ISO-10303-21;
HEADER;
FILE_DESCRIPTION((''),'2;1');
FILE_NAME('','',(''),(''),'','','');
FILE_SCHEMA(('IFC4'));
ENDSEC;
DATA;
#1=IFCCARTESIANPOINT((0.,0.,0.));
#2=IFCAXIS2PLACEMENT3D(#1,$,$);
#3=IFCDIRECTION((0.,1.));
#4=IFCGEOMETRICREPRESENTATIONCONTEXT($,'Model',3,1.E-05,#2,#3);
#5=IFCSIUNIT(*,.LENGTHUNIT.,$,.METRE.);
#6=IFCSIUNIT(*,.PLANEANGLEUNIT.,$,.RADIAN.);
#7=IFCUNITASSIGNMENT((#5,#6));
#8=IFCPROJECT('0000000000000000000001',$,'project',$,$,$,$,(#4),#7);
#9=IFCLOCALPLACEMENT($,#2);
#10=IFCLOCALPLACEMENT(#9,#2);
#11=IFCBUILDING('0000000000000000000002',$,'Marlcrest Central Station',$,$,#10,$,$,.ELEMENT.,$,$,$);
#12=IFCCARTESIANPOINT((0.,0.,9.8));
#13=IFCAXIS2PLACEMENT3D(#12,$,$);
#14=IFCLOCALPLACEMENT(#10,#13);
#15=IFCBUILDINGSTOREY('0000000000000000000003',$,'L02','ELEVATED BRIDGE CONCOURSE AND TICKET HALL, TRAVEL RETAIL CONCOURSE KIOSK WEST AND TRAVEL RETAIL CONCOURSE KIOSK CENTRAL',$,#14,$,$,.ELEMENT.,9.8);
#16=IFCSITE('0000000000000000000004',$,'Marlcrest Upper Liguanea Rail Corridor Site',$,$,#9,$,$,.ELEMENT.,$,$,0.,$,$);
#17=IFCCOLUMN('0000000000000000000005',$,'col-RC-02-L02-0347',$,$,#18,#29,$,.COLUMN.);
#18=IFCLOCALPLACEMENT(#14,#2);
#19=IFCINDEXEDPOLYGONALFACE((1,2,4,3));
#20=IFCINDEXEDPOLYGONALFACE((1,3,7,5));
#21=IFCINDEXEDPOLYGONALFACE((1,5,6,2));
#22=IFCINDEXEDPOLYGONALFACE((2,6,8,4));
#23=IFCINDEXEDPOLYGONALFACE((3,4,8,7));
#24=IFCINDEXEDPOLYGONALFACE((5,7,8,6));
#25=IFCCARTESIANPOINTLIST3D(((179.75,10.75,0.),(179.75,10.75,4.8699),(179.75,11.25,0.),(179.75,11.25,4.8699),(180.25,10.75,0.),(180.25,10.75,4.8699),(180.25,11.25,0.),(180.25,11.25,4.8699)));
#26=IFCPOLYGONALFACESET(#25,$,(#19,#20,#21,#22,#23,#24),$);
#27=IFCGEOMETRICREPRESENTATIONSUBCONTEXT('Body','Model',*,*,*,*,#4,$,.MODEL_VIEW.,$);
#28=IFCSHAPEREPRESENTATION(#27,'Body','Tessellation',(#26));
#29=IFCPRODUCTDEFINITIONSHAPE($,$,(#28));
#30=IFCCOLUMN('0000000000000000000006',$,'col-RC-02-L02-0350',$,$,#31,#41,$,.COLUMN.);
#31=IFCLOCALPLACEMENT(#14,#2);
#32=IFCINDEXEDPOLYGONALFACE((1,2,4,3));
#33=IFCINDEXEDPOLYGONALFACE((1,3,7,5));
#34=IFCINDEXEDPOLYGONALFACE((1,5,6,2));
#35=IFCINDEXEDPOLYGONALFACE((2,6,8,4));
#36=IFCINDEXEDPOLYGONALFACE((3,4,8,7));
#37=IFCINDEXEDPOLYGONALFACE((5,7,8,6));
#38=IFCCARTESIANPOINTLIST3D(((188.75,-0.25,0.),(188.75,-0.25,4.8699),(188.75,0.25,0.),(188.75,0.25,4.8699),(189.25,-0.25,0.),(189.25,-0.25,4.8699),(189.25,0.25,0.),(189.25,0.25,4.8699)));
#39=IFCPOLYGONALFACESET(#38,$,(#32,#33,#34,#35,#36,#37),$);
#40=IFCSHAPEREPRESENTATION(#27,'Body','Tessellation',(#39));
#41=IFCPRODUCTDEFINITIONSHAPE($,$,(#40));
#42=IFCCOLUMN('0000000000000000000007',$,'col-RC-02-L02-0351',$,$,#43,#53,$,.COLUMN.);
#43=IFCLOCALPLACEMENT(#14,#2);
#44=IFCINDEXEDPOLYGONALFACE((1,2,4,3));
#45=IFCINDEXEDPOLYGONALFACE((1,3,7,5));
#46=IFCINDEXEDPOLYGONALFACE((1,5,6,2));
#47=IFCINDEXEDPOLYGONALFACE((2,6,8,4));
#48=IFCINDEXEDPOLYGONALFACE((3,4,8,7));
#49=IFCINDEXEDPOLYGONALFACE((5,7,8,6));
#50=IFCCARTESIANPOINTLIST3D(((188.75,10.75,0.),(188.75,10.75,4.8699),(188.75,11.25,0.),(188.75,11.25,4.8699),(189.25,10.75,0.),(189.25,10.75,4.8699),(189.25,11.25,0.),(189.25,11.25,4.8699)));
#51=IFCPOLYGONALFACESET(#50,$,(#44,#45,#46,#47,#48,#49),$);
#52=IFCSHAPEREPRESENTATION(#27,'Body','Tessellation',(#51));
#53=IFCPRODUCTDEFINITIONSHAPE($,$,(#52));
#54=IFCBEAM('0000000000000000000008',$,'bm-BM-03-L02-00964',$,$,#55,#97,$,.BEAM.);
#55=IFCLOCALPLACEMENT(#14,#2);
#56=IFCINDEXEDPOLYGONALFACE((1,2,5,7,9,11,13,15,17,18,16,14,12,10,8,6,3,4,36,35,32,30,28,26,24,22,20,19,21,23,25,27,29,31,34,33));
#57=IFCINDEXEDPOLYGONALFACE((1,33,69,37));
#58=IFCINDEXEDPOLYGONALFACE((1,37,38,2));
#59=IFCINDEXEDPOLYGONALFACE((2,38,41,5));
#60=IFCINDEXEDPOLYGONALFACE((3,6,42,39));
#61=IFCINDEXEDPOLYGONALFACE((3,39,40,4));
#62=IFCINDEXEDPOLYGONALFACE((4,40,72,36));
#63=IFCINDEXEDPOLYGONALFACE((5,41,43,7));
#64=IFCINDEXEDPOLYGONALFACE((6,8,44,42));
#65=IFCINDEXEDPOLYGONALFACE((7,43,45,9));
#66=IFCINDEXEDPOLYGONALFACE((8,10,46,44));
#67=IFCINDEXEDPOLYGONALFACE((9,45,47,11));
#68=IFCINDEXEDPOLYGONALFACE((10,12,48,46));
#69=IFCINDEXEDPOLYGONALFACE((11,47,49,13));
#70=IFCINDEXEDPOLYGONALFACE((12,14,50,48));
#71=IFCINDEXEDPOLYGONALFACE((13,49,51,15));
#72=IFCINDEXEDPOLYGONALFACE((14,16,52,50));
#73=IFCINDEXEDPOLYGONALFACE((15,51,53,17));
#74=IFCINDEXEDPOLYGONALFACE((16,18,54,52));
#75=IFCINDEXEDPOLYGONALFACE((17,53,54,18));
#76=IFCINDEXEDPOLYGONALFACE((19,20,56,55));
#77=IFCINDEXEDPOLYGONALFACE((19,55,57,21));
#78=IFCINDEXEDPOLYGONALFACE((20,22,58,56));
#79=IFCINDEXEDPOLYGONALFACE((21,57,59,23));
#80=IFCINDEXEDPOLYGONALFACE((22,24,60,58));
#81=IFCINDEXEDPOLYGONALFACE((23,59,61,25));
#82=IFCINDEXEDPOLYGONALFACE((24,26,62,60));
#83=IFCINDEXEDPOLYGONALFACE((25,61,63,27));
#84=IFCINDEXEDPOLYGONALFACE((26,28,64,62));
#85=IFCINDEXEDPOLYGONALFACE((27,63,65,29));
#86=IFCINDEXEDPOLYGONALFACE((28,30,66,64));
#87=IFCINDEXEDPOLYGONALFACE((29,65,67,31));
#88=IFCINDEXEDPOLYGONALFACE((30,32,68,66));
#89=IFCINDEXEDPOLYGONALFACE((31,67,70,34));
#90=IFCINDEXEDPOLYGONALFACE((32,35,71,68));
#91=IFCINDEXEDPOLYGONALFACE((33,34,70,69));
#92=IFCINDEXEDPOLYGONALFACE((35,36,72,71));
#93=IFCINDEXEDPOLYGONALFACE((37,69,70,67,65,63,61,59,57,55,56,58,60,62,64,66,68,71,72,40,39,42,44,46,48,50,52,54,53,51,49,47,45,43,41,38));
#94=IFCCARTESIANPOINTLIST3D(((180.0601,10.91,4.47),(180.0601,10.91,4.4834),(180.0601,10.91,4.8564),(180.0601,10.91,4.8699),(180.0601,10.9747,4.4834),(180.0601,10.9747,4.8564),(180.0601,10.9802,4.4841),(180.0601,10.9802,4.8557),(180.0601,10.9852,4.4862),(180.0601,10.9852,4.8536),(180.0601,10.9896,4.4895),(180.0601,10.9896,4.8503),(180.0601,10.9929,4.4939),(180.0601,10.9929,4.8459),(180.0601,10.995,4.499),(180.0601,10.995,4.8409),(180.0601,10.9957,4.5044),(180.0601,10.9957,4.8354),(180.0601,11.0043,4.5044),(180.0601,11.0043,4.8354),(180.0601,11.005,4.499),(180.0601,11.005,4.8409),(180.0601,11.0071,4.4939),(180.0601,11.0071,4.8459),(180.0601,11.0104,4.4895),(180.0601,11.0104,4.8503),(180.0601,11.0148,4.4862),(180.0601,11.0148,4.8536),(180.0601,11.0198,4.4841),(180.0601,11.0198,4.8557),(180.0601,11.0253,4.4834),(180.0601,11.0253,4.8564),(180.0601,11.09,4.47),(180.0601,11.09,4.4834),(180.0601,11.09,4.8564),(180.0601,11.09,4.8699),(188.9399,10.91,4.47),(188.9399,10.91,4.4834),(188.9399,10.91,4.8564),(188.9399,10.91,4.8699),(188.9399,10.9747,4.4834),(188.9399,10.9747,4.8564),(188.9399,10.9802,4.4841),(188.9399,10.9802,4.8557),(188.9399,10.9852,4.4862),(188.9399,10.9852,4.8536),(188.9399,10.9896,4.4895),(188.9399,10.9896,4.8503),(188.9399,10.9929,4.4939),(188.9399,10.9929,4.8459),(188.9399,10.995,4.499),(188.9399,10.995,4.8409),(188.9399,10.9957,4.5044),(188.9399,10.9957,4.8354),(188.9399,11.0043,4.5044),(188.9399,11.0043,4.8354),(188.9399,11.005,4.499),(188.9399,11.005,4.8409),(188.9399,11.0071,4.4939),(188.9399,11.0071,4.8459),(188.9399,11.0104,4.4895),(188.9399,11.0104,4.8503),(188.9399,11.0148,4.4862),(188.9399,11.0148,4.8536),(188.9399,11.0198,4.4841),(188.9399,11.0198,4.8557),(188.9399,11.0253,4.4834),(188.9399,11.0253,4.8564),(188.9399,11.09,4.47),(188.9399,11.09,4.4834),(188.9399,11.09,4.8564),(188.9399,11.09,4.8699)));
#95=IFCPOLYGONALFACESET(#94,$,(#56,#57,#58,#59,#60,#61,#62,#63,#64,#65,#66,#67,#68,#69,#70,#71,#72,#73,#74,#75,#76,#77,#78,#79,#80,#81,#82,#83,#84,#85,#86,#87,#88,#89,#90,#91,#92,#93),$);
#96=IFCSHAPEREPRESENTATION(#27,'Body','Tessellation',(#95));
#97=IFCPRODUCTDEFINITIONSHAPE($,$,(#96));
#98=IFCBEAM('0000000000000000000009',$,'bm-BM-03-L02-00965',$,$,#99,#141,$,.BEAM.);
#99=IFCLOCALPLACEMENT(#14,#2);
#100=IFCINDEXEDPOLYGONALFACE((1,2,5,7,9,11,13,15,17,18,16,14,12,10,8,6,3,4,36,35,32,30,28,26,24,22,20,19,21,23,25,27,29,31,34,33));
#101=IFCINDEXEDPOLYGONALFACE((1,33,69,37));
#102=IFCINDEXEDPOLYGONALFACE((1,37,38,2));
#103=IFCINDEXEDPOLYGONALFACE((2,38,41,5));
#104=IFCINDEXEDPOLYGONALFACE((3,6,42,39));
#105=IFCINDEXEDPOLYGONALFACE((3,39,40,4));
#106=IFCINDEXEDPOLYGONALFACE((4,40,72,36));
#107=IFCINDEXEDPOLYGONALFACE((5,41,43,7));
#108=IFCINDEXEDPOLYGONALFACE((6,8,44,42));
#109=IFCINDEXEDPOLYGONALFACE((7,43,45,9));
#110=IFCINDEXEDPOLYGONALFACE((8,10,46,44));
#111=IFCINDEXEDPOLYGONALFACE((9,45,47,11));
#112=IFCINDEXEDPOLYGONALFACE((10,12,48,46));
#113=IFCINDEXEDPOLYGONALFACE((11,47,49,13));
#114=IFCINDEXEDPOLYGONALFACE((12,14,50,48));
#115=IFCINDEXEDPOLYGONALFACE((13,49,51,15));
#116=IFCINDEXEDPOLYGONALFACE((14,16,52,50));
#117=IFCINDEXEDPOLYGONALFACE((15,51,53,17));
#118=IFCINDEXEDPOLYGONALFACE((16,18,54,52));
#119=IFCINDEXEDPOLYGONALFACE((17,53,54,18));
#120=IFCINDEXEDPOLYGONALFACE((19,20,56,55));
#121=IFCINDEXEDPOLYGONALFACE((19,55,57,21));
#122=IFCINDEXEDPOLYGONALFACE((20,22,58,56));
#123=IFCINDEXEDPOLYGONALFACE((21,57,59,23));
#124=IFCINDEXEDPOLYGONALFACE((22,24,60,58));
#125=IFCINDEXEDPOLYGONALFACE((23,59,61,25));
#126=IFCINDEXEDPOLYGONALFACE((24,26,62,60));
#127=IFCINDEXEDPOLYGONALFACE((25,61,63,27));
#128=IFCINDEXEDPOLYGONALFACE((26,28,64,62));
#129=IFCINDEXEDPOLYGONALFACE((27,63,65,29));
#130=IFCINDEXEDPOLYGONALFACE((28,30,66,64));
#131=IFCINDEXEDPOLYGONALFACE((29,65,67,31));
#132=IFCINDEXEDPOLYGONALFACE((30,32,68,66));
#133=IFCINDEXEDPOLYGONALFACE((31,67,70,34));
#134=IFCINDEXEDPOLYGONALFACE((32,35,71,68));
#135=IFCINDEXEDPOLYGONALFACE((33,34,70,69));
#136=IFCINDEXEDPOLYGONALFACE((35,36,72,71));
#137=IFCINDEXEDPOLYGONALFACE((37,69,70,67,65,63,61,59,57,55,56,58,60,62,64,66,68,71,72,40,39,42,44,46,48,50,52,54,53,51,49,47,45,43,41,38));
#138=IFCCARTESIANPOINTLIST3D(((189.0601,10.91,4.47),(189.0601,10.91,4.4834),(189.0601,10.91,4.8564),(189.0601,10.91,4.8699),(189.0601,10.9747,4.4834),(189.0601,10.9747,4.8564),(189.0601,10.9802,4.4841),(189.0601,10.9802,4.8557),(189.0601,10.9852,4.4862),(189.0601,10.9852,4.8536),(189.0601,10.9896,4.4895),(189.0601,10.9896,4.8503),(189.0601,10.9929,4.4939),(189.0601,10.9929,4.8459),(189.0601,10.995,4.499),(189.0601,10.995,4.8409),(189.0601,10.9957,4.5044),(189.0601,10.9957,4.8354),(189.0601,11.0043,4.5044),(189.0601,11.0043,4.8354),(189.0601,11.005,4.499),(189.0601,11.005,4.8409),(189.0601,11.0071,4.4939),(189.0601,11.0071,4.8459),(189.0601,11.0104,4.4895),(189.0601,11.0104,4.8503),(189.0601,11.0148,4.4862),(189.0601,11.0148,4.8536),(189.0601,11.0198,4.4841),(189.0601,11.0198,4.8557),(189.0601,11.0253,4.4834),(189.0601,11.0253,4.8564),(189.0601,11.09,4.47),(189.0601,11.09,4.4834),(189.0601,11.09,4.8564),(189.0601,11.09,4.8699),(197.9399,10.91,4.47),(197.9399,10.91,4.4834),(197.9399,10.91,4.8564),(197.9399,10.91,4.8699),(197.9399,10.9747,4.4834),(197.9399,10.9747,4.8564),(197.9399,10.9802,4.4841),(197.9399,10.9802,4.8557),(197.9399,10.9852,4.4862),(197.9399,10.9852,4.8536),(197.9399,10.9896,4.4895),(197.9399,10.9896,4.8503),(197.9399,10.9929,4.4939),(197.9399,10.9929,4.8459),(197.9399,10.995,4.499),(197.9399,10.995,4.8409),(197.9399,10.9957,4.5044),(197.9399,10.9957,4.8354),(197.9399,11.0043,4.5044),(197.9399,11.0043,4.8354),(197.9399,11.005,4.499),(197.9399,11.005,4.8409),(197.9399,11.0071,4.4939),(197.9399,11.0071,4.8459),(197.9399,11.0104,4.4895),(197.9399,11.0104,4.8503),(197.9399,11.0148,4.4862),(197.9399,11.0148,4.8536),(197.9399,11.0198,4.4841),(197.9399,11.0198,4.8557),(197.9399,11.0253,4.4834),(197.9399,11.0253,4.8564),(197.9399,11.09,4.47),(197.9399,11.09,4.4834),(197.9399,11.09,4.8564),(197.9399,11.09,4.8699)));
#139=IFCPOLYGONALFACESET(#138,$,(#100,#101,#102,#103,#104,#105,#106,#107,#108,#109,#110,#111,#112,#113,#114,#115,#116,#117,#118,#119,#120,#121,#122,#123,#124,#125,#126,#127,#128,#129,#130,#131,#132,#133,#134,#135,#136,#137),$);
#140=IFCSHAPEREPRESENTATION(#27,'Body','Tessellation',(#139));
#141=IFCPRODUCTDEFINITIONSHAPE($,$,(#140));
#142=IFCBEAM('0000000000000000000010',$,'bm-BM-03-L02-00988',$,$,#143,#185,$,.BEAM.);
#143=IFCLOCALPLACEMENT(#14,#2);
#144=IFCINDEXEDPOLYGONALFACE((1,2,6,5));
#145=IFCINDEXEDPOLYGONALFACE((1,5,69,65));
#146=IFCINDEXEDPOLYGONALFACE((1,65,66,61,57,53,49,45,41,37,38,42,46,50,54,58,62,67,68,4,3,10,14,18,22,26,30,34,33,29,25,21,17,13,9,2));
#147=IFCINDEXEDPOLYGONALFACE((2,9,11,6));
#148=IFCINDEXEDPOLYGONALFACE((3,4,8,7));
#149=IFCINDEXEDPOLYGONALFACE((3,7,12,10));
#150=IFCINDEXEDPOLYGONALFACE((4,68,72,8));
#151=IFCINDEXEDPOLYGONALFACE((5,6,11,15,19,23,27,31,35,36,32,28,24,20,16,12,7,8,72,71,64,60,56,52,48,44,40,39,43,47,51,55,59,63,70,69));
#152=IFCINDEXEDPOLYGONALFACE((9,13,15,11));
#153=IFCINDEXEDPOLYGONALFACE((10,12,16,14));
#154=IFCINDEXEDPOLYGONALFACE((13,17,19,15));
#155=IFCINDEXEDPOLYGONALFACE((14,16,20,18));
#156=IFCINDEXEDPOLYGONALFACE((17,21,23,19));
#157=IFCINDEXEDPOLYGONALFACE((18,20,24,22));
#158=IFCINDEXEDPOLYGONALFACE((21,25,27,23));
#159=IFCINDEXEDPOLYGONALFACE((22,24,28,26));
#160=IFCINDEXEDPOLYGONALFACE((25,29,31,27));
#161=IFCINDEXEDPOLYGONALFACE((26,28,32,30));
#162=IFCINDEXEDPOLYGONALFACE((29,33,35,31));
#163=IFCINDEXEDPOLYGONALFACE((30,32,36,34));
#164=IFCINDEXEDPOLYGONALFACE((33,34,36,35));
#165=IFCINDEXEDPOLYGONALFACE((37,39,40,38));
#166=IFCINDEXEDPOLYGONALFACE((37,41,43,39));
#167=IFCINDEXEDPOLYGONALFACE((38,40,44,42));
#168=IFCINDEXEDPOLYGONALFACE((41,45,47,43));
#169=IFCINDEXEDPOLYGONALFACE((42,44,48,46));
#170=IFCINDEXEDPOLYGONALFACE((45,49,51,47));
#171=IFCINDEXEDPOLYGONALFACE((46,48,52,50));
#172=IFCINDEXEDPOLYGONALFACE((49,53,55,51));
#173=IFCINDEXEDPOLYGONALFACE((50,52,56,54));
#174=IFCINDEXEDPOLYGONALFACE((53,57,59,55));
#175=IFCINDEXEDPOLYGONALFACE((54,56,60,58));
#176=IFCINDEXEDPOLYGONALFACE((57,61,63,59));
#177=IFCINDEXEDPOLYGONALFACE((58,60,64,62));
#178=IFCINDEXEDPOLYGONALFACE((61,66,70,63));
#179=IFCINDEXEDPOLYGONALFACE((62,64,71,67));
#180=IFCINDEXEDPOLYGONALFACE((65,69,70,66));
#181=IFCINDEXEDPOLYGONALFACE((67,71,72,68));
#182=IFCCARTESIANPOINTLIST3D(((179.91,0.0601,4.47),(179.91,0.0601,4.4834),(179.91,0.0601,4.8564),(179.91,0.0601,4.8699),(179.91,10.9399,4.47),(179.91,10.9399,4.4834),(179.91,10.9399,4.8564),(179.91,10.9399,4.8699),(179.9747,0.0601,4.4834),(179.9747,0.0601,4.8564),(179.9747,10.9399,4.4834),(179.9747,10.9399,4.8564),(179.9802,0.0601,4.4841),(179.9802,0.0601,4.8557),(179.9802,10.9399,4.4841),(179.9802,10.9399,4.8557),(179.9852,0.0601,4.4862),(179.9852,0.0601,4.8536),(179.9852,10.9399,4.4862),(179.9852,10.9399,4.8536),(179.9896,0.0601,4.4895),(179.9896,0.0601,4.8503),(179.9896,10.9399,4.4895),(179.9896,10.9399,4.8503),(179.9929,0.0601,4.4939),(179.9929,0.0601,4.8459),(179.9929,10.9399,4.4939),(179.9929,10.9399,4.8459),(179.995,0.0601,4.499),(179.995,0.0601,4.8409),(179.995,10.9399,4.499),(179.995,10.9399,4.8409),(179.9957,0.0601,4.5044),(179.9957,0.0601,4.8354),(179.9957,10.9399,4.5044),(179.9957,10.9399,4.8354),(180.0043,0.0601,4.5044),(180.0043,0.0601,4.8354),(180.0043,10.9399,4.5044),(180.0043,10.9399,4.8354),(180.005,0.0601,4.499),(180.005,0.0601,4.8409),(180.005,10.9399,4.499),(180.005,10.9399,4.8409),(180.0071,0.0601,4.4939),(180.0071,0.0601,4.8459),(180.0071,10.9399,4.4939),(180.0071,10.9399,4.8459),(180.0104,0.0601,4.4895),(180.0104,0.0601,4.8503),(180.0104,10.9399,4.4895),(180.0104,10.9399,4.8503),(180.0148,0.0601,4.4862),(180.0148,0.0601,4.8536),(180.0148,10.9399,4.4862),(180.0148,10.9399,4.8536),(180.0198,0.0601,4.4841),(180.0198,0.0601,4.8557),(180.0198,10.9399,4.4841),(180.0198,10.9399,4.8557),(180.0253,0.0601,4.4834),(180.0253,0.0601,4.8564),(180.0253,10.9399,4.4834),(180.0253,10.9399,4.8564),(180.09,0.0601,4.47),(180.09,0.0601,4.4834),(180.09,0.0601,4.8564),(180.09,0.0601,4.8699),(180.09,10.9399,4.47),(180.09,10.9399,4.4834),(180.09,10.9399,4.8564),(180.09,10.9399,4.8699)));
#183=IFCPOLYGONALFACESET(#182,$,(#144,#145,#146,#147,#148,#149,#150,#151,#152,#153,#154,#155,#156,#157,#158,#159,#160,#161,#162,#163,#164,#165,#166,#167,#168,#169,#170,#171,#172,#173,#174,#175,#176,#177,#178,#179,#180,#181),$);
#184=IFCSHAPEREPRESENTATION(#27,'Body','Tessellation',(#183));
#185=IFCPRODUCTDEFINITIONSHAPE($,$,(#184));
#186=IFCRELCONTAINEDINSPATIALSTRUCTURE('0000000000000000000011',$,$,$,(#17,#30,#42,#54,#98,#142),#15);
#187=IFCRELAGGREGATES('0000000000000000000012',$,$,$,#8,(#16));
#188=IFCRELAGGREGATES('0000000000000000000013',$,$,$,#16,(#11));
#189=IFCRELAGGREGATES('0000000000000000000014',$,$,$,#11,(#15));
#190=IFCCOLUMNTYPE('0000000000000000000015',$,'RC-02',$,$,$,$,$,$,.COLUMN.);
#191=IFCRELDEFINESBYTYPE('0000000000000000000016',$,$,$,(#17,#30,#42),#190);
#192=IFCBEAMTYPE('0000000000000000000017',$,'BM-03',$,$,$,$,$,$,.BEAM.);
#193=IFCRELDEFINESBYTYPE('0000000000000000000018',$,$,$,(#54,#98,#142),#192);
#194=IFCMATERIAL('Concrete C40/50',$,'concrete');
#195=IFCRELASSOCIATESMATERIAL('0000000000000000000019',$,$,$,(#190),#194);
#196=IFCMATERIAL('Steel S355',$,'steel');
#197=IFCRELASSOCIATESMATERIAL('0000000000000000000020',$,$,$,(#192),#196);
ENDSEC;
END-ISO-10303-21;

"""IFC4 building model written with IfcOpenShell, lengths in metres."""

from ifc_helpers import new_model, si_unit, direction, frame, origin, origin_2d, place, context, subcontext, project, spatial, rectangle, i_section, extrude, material, material_profile, profile_set, type_object, element, save


model = new_model("IFC4")

# Units and contexts
model_context = context("Model", 3, precision=1e-05, world=origin(), true_north=direction((0.0, 1.0)))
body_context = subcontext(model_context, "Body", "Model", "MODEL_VIEW")
ifc_project = project(units=[si_unit("LENGTHUNIT", "METRE"), si_unit("PLANEANGLEUNIT", "RADIAN")], contexts=[model_context])

# Site, building, storey
site_placement = place(None, origin())
site = spatial("IfcSite", under=ifc_project, at=site_placement, Name="Marlcrest Upper Liguanea Rail Corridor Site", CompositionType="ELEMENT", RefElevation=0.0)
building_placement = place(site_placement, origin())
building = spatial("IfcBuilding", under=site, at=building_placement, Name="Marlcrest Central Station", CompositionType="ELEMENT")
storey_placement = place(building_placement, frame((0.0, 0.0, 9.8)))
storey = spatial("IfcBuildingStorey", under=building, at=storey_placement, Name="L02", Description="ELEVATED BRIDGE CONCOURSE AND TICKET HALL, TRAVEL RETAIL CONCOURSE KIOSK WEST AND TRAVEL RETAIL CONCOURSE KIOSK CENTRAL", CompositionType="ELEMENT", Elevation=9.8)

# Columns
ifc_material_1 = material(Name="Concrete C40/50", Category="concrete")
ifc_material_profile_1 = material_profile(ifc_material_1, rectangle(XDim=0.5, YDim=0.5, at=origin_2d()), Name="RC 500x500")
ifc_profile_set_1 = profile_set([ifc_material_profile_1], Name="Concrete C40/50")
column_type = type_object("IfcColumnType", Name="RC-02", PredefinedType="COLUMN", material=ifc_profile_set_1)
for number, where, z_axis, x_axis, name in (
    (1, (180.0, 11.0, 0.0), (0.0, 0.0, 1.0), (1.0, 0.0, 0.0), "col-RC-02-L02-0347"),
    (2, (189.0, 0.0, 0.0), (0.0, 0.0, 1.0), (1.0, 0.0, 0.0), "col-RC-02-L02-0350"),
    (3, (189.0, 11.0, 0.0), (0.0, 0.0, 1.0), (1.0, 0.0, 0.0), "col-RC-02-L02-0351"),
):
    element("IfcColumn", number, at=place(storey_placement, frame(where, z_axis=z_axis, x_axis=x_axis)), inside=storey, type_object=column_type, Name=name, PredefinedType="COLUMN", context=body_context, shape_type="SweptSolid", body=[
        extrude(rectangle(XDim=0.5, YDim=0.5, at=origin_2d()), origin(), (0.0, 0.0, 1.0), 4.8699),
    ])

# Beams
ifc_material_2 = material(Name="Steel S355", Category="steel")
ifc_material_profile_2 = material_profile(ifc_material_2, i_section(OverallWidth=0.1799, OverallDepth=0.3999, WebThickness=0.0085, FlangeThickness=0.0134, FilletRadius=0.021, at=origin_2d()), Name="IPE 400")
ifc_profile_set_2 = profile_set([ifc_material_profile_2], Name="Steel S355")
beam_type_1 = type_object("IfcBeamType", Name="BM-03", PredefinedType="BEAM", material=ifc_profile_set_2)
for number, where, z_axis, x_axis, name in (
    (4, (180.0601, 11.0, 4.6699), (1.0, 0.0, 0.0), (0.0, 1.0, 0.0), "bm-BM-03-L02-00964"),
    (5, (189.0601, 11.0, 4.6699), (1.0, 0.0, 0.0), (0.0, 1.0, 0.0), "bm-BM-03-L02-00965"),
):
    element("IfcBeam", number, at=place(storey_placement, frame(where, z_axis=z_axis, x_axis=x_axis)), inside=storey, type_object=beam_type_1, Name=name, PredefinedType="BEAM", context=body_context, shape_type="SweptSolid", body=[
        extrude(i_section(OverallWidth=0.1799, OverallDepth=0.3999, WebThickness=0.0085, FlangeThickness=0.0134, FilletRadius=0.021, at=origin_2d()), origin(), (0.0, 0.0, 1.0), 8.8799),
    ])
beam_1_placement = place(storey_placement, frame((180.0, 0.0601, 4.6699), z_axis=(0.0, 1.0, 0.0), x_axis=(-1.0, 0.0, 0.0)))
element("IfcBeam", 6, at=beam_1_placement, inside=storey, type_object=beam_type_1, Name="bm-BM-03-L02-00988", PredefinedType="BEAM", context=body_context, shape_type="SweptSolid", body=[
    extrude(i_section(OverallWidth=0.1799, OverallDepth=0.3999, WebThickness=0.0085, FlangeThickness=0.0134, FilletRadius=0.021, at=origin_2d()), origin(), (0.0, 0.0, 1.0), 10.8799),
])

save(model, "model.ifc")
